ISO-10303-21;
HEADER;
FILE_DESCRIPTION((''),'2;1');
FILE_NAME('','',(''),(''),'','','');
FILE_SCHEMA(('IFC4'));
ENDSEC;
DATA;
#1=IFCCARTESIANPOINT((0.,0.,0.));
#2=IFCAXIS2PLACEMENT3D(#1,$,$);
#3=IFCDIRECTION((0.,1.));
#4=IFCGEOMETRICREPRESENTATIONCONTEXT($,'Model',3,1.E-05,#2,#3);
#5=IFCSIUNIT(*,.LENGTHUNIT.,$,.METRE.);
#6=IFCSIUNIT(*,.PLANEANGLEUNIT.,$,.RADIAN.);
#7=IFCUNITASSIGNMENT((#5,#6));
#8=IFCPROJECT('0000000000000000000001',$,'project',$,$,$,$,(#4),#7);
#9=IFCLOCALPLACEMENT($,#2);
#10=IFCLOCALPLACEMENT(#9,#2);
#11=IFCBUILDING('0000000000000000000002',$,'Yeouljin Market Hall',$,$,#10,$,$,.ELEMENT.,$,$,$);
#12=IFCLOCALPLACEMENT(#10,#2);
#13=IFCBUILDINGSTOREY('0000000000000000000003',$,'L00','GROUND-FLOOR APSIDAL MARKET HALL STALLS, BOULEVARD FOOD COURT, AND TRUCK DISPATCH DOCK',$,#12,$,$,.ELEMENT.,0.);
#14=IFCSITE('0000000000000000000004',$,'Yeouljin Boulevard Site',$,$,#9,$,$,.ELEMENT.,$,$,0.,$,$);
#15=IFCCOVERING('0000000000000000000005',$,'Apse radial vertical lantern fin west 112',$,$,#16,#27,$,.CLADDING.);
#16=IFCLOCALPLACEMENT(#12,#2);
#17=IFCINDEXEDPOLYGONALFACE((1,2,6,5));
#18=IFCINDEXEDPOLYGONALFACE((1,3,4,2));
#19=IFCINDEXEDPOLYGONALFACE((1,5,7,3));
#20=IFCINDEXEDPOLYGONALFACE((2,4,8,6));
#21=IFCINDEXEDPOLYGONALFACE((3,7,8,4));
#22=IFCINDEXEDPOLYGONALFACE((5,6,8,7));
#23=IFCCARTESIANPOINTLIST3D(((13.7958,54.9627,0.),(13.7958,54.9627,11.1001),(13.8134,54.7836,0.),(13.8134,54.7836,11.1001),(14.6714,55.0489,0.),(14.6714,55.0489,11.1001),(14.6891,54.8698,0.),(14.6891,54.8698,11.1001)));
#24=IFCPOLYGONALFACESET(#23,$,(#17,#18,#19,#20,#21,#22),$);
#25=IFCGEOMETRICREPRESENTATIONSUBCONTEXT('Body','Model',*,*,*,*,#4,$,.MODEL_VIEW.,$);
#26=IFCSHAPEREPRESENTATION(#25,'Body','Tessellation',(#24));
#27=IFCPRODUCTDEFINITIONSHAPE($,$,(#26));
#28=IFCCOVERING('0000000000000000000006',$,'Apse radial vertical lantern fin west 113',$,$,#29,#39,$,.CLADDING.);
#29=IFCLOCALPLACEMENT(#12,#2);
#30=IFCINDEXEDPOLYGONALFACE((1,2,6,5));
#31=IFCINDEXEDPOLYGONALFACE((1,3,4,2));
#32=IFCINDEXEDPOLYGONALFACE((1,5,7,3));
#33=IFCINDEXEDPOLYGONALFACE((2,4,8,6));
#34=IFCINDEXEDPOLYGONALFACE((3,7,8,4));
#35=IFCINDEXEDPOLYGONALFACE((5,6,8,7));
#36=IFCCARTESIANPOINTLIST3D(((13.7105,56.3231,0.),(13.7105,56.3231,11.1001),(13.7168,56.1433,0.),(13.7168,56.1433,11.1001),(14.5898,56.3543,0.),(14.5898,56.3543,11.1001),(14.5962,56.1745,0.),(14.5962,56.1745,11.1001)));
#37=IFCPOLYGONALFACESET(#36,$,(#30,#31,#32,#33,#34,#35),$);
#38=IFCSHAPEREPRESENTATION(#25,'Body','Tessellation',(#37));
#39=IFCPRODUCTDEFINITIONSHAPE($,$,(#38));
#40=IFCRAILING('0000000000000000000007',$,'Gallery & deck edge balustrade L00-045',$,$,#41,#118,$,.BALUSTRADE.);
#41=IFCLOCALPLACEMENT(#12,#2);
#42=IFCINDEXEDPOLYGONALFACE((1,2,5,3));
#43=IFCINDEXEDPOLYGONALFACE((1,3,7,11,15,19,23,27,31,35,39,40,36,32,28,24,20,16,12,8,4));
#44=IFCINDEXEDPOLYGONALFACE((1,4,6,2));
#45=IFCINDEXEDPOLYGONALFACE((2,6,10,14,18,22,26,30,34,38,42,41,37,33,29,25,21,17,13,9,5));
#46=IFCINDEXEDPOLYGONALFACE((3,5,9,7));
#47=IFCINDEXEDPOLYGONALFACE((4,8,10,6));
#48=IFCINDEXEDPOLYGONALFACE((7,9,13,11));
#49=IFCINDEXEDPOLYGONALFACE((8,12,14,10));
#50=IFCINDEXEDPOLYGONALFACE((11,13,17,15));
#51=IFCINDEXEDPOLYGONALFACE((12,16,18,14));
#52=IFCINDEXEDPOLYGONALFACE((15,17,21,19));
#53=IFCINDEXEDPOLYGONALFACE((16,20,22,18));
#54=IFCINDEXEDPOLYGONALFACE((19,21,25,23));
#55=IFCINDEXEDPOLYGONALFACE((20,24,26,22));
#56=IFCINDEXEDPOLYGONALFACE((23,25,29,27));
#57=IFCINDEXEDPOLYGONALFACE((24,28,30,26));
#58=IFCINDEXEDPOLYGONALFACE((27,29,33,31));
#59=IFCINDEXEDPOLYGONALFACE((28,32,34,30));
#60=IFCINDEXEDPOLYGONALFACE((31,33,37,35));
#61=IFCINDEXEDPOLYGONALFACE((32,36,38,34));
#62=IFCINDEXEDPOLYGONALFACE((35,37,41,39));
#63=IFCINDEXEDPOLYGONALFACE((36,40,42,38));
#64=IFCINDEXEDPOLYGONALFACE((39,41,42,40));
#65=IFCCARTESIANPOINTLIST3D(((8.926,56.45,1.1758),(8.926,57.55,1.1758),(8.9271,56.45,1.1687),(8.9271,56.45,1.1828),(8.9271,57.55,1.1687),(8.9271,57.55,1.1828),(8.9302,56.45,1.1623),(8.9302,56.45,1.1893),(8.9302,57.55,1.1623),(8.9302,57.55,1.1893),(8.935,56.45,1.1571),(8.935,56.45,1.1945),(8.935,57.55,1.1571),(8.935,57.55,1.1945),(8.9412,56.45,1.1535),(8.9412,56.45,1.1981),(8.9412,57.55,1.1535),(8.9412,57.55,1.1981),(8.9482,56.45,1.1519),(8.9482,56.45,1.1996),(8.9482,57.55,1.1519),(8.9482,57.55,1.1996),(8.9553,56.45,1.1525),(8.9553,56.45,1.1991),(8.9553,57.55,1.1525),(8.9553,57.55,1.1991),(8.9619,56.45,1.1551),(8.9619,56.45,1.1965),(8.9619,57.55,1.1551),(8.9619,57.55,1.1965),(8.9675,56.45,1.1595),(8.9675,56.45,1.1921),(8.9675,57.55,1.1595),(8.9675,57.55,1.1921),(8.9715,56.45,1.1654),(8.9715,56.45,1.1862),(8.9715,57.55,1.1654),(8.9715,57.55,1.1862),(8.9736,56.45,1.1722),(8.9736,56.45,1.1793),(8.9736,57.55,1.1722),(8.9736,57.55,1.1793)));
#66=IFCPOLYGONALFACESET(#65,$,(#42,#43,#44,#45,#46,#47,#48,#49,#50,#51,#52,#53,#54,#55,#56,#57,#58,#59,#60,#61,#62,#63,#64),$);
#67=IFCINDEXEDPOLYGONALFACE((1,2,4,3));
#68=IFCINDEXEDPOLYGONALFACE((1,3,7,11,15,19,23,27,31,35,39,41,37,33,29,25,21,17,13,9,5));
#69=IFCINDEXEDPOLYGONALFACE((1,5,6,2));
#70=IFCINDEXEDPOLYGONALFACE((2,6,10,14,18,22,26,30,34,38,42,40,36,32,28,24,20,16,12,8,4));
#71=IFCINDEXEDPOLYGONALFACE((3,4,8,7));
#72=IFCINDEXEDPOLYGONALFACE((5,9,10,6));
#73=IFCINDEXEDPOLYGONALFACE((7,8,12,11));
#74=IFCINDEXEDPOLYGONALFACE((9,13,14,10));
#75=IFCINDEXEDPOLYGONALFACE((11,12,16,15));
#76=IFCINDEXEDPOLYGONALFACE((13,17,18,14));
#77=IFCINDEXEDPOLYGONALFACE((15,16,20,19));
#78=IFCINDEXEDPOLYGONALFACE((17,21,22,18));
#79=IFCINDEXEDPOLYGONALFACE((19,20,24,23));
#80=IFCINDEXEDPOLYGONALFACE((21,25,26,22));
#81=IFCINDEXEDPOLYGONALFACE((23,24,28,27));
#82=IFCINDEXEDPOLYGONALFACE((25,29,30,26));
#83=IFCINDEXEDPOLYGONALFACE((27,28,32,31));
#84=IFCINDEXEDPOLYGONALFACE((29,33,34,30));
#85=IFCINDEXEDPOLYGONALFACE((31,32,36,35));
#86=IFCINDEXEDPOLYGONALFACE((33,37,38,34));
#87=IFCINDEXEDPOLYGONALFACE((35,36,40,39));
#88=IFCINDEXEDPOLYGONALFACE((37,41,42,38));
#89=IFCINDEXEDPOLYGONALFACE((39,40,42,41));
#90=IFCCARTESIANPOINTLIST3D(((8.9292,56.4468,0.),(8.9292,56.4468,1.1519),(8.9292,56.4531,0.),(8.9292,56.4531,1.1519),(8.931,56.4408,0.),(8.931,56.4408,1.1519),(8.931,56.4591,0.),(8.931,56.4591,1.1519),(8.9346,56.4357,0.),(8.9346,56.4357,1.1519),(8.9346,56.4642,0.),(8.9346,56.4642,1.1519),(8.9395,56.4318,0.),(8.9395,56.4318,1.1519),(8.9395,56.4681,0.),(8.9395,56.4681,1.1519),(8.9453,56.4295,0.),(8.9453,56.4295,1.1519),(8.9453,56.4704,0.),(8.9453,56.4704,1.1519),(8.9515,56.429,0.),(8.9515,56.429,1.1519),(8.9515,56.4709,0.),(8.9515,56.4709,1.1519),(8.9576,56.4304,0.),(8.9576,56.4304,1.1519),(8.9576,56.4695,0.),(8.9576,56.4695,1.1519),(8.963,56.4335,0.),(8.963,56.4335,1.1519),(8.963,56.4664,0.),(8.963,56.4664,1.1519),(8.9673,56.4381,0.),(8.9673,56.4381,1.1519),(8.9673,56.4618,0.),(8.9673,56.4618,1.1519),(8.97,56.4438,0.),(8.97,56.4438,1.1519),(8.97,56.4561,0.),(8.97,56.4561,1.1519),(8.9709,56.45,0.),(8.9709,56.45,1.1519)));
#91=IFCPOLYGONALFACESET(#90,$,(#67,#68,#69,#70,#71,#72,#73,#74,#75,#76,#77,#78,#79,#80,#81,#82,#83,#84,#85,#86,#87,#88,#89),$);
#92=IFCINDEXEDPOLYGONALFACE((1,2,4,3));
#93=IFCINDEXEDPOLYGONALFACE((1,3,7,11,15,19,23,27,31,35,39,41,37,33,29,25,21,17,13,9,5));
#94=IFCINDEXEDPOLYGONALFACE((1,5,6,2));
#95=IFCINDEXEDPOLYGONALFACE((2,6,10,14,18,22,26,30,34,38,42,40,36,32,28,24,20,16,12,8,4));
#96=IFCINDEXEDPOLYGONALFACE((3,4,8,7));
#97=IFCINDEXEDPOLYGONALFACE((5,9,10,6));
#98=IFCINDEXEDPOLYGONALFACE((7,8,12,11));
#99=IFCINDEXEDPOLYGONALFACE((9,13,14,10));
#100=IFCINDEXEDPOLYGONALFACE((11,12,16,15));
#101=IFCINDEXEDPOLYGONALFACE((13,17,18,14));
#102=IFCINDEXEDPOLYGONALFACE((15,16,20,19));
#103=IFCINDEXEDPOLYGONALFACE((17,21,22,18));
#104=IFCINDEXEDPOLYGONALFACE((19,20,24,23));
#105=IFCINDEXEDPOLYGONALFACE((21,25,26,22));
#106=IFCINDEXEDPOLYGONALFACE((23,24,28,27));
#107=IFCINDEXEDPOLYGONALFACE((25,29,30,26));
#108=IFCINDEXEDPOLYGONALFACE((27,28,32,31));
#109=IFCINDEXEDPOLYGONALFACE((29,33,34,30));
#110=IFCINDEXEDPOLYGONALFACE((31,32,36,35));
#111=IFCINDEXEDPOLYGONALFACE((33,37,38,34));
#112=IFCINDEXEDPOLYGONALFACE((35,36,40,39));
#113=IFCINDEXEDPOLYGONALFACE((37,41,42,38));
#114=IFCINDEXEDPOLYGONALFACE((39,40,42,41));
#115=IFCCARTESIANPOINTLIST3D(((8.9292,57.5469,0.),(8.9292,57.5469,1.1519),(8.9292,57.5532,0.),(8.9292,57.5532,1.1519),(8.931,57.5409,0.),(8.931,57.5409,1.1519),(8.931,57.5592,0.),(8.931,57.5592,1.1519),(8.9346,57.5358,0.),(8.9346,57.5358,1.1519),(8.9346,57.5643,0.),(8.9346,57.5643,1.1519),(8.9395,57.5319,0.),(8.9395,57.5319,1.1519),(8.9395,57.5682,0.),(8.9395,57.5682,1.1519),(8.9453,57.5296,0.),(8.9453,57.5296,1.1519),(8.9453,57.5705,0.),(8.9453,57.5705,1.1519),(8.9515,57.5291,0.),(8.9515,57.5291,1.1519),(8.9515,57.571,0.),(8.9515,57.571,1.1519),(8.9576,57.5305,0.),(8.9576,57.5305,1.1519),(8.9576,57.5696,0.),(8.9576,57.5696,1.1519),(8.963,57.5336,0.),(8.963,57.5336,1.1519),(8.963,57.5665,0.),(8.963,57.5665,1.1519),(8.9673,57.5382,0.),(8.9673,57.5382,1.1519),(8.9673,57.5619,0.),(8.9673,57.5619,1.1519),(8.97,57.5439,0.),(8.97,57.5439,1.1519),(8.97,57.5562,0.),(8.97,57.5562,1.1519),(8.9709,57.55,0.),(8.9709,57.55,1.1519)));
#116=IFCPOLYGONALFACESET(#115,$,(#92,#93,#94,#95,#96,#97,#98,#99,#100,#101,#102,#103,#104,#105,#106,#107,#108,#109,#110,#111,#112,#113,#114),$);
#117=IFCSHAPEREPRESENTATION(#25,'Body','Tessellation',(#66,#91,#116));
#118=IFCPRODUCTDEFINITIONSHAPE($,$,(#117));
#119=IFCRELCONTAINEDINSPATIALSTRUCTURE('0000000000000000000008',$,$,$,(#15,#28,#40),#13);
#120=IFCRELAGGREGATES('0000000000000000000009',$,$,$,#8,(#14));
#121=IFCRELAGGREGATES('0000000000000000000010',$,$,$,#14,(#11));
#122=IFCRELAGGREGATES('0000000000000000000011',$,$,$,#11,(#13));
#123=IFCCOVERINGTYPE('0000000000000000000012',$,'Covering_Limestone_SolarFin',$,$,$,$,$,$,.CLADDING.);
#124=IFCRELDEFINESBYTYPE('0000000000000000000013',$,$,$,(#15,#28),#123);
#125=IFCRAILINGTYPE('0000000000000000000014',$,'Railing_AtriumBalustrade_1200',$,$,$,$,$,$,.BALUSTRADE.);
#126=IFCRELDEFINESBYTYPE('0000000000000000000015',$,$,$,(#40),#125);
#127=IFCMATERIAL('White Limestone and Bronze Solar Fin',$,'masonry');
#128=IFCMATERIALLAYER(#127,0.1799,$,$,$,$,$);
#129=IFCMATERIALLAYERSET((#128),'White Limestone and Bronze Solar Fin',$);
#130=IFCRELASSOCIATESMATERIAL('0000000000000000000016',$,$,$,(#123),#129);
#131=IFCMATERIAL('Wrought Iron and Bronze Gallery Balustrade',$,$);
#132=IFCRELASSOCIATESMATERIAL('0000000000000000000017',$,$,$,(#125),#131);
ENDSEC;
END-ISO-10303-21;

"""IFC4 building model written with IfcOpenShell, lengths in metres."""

from ifc_helpers import new_model, si_unit, direction, frame, origin, origin_2d, place, context, subcontext, project, spatial, rectangle, circle, extrude, material, layer, layer_set, type_object, element, save


model = new_model("IFC4")

# Units and contexts
model_context = context("Model", 3, precision=1e-05, world=origin(), true_north=direction((0.0, 1.0)))
body_context = subcontext(model_context, "Body", "Model", "MODEL_VIEW")
ifc_project = project(units=[si_unit("LENGTHUNIT", "METRE"), si_unit("PLANEANGLEUNIT", "RADIAN")], contexts=[model_context])

# Site, building, storey
site_placement = place(None, origin())
site = spatial("IfcSite", under=ifc_project, at=site_placement, Name="Yeouljin Boulevard Site", CompositionType="ELEMENT", RefElevation=0.0)
building_placement = place(site_placement, origin())
building = spatial("IfcBuilding", under=site, at=building_placement, Name="Yeouljin Market Hall", CompositionType="ELEMENT")
storey_placement = place(building_placement, origin())
storey = spatial("IfcBuildingStorey", under=building, at=storey_placement, Name="L00", Description="GROUND-FLOOR APSIDAL MARKET HALL STALLS, BOULEVARD FOOD COURT, AND TRUCK DISPATCH DOCK", CompositionType="ELEMENT", Elevation=0.0)

# Coverings
ifc_material_1 = material(Name="White Limestone and Bronze Solar Fin", Category="masonry")
ifc_layer_1 = layer(ifc_material_1, 0.1799)
ifc_layer_set_1 = layer_set([ifc_layer_1], Name="White Limestone and Bronze Solar Fin")
covering_type = type_object("IfcCoveringType", Name="Covering_Limestone_SolarFin", PredefinedType="CLADDING", material=ifc_layer_set_1)
for number, where, z_axis, x_axis, name in (
    (1, (14.2424, 54.9163, 0.0), (0.0, 0.0, 1.0), (-0.995193, -0.09793, 0.0), "Apse radial vertical lantern fin west 112"),
    (2, (14.1533, 56.2488, 0.0), (0.0, 0.0, 1.0), (-0.999372, -0.035423, 0.0), "Apse radial vertical lantern fin west 113"),
):
    element("IfcCovering", number, at=place(storey_placement, frame(where, z_axis=z_axis, x_axis=x_axis)), inside=storey, type_object=covering_type, Name=name, PredefinedType="CLADDING", context=body_context, shape_type="SweptSolid", body=[
        extrude(rectangle(XDim=0.8799, YDim=0.1799, at=origin_2d()), origin(), (0.0, 0.0, 1.0), 11.1001),
    ])

# Railing
ifc_material_2 = material(Name="Wrought Iron and Bronze Gallery Balustrade")
railing_type = type_object("IfcRailingType", Name="Railing_AtriumBalustrade_1200", PredefinedType="BALUSTRADE", material=ifc_material_2)
railing_placement = place(storey_placement, frame((8.95, 56.45, 0.0)))
element("IfcRailing", 3, at=railing_placement, inside=storey, type_object=railing_type, Name="Gallery & deck edge balustrade L00-045", PredefinedType="BALUSTRADE", context=body_context, shape_type="SweptSolid", body=[
    extrude(circle(Radius=0.0239, at=origin_2d()), frame((0.0, 0.0, 1.1758), z_axis=(0.0, 1.0, 0.0), x_axis=(-1.0, 0.0, 0.0)), (0.0, 0.0, 1.0), 1.1001),
    extrude(circle(Radius=0.021, at=origin_2d()), origin(), (0.0, 0.0, 1.0), 1.1519),
    extrude(circle(Radius=0.021, at=origin_2d()), frame((0.0, 1.1001, 0.0)), (0.0, 0.0, 1.0), 1.1519),
])

save(model, "model.ifc")
